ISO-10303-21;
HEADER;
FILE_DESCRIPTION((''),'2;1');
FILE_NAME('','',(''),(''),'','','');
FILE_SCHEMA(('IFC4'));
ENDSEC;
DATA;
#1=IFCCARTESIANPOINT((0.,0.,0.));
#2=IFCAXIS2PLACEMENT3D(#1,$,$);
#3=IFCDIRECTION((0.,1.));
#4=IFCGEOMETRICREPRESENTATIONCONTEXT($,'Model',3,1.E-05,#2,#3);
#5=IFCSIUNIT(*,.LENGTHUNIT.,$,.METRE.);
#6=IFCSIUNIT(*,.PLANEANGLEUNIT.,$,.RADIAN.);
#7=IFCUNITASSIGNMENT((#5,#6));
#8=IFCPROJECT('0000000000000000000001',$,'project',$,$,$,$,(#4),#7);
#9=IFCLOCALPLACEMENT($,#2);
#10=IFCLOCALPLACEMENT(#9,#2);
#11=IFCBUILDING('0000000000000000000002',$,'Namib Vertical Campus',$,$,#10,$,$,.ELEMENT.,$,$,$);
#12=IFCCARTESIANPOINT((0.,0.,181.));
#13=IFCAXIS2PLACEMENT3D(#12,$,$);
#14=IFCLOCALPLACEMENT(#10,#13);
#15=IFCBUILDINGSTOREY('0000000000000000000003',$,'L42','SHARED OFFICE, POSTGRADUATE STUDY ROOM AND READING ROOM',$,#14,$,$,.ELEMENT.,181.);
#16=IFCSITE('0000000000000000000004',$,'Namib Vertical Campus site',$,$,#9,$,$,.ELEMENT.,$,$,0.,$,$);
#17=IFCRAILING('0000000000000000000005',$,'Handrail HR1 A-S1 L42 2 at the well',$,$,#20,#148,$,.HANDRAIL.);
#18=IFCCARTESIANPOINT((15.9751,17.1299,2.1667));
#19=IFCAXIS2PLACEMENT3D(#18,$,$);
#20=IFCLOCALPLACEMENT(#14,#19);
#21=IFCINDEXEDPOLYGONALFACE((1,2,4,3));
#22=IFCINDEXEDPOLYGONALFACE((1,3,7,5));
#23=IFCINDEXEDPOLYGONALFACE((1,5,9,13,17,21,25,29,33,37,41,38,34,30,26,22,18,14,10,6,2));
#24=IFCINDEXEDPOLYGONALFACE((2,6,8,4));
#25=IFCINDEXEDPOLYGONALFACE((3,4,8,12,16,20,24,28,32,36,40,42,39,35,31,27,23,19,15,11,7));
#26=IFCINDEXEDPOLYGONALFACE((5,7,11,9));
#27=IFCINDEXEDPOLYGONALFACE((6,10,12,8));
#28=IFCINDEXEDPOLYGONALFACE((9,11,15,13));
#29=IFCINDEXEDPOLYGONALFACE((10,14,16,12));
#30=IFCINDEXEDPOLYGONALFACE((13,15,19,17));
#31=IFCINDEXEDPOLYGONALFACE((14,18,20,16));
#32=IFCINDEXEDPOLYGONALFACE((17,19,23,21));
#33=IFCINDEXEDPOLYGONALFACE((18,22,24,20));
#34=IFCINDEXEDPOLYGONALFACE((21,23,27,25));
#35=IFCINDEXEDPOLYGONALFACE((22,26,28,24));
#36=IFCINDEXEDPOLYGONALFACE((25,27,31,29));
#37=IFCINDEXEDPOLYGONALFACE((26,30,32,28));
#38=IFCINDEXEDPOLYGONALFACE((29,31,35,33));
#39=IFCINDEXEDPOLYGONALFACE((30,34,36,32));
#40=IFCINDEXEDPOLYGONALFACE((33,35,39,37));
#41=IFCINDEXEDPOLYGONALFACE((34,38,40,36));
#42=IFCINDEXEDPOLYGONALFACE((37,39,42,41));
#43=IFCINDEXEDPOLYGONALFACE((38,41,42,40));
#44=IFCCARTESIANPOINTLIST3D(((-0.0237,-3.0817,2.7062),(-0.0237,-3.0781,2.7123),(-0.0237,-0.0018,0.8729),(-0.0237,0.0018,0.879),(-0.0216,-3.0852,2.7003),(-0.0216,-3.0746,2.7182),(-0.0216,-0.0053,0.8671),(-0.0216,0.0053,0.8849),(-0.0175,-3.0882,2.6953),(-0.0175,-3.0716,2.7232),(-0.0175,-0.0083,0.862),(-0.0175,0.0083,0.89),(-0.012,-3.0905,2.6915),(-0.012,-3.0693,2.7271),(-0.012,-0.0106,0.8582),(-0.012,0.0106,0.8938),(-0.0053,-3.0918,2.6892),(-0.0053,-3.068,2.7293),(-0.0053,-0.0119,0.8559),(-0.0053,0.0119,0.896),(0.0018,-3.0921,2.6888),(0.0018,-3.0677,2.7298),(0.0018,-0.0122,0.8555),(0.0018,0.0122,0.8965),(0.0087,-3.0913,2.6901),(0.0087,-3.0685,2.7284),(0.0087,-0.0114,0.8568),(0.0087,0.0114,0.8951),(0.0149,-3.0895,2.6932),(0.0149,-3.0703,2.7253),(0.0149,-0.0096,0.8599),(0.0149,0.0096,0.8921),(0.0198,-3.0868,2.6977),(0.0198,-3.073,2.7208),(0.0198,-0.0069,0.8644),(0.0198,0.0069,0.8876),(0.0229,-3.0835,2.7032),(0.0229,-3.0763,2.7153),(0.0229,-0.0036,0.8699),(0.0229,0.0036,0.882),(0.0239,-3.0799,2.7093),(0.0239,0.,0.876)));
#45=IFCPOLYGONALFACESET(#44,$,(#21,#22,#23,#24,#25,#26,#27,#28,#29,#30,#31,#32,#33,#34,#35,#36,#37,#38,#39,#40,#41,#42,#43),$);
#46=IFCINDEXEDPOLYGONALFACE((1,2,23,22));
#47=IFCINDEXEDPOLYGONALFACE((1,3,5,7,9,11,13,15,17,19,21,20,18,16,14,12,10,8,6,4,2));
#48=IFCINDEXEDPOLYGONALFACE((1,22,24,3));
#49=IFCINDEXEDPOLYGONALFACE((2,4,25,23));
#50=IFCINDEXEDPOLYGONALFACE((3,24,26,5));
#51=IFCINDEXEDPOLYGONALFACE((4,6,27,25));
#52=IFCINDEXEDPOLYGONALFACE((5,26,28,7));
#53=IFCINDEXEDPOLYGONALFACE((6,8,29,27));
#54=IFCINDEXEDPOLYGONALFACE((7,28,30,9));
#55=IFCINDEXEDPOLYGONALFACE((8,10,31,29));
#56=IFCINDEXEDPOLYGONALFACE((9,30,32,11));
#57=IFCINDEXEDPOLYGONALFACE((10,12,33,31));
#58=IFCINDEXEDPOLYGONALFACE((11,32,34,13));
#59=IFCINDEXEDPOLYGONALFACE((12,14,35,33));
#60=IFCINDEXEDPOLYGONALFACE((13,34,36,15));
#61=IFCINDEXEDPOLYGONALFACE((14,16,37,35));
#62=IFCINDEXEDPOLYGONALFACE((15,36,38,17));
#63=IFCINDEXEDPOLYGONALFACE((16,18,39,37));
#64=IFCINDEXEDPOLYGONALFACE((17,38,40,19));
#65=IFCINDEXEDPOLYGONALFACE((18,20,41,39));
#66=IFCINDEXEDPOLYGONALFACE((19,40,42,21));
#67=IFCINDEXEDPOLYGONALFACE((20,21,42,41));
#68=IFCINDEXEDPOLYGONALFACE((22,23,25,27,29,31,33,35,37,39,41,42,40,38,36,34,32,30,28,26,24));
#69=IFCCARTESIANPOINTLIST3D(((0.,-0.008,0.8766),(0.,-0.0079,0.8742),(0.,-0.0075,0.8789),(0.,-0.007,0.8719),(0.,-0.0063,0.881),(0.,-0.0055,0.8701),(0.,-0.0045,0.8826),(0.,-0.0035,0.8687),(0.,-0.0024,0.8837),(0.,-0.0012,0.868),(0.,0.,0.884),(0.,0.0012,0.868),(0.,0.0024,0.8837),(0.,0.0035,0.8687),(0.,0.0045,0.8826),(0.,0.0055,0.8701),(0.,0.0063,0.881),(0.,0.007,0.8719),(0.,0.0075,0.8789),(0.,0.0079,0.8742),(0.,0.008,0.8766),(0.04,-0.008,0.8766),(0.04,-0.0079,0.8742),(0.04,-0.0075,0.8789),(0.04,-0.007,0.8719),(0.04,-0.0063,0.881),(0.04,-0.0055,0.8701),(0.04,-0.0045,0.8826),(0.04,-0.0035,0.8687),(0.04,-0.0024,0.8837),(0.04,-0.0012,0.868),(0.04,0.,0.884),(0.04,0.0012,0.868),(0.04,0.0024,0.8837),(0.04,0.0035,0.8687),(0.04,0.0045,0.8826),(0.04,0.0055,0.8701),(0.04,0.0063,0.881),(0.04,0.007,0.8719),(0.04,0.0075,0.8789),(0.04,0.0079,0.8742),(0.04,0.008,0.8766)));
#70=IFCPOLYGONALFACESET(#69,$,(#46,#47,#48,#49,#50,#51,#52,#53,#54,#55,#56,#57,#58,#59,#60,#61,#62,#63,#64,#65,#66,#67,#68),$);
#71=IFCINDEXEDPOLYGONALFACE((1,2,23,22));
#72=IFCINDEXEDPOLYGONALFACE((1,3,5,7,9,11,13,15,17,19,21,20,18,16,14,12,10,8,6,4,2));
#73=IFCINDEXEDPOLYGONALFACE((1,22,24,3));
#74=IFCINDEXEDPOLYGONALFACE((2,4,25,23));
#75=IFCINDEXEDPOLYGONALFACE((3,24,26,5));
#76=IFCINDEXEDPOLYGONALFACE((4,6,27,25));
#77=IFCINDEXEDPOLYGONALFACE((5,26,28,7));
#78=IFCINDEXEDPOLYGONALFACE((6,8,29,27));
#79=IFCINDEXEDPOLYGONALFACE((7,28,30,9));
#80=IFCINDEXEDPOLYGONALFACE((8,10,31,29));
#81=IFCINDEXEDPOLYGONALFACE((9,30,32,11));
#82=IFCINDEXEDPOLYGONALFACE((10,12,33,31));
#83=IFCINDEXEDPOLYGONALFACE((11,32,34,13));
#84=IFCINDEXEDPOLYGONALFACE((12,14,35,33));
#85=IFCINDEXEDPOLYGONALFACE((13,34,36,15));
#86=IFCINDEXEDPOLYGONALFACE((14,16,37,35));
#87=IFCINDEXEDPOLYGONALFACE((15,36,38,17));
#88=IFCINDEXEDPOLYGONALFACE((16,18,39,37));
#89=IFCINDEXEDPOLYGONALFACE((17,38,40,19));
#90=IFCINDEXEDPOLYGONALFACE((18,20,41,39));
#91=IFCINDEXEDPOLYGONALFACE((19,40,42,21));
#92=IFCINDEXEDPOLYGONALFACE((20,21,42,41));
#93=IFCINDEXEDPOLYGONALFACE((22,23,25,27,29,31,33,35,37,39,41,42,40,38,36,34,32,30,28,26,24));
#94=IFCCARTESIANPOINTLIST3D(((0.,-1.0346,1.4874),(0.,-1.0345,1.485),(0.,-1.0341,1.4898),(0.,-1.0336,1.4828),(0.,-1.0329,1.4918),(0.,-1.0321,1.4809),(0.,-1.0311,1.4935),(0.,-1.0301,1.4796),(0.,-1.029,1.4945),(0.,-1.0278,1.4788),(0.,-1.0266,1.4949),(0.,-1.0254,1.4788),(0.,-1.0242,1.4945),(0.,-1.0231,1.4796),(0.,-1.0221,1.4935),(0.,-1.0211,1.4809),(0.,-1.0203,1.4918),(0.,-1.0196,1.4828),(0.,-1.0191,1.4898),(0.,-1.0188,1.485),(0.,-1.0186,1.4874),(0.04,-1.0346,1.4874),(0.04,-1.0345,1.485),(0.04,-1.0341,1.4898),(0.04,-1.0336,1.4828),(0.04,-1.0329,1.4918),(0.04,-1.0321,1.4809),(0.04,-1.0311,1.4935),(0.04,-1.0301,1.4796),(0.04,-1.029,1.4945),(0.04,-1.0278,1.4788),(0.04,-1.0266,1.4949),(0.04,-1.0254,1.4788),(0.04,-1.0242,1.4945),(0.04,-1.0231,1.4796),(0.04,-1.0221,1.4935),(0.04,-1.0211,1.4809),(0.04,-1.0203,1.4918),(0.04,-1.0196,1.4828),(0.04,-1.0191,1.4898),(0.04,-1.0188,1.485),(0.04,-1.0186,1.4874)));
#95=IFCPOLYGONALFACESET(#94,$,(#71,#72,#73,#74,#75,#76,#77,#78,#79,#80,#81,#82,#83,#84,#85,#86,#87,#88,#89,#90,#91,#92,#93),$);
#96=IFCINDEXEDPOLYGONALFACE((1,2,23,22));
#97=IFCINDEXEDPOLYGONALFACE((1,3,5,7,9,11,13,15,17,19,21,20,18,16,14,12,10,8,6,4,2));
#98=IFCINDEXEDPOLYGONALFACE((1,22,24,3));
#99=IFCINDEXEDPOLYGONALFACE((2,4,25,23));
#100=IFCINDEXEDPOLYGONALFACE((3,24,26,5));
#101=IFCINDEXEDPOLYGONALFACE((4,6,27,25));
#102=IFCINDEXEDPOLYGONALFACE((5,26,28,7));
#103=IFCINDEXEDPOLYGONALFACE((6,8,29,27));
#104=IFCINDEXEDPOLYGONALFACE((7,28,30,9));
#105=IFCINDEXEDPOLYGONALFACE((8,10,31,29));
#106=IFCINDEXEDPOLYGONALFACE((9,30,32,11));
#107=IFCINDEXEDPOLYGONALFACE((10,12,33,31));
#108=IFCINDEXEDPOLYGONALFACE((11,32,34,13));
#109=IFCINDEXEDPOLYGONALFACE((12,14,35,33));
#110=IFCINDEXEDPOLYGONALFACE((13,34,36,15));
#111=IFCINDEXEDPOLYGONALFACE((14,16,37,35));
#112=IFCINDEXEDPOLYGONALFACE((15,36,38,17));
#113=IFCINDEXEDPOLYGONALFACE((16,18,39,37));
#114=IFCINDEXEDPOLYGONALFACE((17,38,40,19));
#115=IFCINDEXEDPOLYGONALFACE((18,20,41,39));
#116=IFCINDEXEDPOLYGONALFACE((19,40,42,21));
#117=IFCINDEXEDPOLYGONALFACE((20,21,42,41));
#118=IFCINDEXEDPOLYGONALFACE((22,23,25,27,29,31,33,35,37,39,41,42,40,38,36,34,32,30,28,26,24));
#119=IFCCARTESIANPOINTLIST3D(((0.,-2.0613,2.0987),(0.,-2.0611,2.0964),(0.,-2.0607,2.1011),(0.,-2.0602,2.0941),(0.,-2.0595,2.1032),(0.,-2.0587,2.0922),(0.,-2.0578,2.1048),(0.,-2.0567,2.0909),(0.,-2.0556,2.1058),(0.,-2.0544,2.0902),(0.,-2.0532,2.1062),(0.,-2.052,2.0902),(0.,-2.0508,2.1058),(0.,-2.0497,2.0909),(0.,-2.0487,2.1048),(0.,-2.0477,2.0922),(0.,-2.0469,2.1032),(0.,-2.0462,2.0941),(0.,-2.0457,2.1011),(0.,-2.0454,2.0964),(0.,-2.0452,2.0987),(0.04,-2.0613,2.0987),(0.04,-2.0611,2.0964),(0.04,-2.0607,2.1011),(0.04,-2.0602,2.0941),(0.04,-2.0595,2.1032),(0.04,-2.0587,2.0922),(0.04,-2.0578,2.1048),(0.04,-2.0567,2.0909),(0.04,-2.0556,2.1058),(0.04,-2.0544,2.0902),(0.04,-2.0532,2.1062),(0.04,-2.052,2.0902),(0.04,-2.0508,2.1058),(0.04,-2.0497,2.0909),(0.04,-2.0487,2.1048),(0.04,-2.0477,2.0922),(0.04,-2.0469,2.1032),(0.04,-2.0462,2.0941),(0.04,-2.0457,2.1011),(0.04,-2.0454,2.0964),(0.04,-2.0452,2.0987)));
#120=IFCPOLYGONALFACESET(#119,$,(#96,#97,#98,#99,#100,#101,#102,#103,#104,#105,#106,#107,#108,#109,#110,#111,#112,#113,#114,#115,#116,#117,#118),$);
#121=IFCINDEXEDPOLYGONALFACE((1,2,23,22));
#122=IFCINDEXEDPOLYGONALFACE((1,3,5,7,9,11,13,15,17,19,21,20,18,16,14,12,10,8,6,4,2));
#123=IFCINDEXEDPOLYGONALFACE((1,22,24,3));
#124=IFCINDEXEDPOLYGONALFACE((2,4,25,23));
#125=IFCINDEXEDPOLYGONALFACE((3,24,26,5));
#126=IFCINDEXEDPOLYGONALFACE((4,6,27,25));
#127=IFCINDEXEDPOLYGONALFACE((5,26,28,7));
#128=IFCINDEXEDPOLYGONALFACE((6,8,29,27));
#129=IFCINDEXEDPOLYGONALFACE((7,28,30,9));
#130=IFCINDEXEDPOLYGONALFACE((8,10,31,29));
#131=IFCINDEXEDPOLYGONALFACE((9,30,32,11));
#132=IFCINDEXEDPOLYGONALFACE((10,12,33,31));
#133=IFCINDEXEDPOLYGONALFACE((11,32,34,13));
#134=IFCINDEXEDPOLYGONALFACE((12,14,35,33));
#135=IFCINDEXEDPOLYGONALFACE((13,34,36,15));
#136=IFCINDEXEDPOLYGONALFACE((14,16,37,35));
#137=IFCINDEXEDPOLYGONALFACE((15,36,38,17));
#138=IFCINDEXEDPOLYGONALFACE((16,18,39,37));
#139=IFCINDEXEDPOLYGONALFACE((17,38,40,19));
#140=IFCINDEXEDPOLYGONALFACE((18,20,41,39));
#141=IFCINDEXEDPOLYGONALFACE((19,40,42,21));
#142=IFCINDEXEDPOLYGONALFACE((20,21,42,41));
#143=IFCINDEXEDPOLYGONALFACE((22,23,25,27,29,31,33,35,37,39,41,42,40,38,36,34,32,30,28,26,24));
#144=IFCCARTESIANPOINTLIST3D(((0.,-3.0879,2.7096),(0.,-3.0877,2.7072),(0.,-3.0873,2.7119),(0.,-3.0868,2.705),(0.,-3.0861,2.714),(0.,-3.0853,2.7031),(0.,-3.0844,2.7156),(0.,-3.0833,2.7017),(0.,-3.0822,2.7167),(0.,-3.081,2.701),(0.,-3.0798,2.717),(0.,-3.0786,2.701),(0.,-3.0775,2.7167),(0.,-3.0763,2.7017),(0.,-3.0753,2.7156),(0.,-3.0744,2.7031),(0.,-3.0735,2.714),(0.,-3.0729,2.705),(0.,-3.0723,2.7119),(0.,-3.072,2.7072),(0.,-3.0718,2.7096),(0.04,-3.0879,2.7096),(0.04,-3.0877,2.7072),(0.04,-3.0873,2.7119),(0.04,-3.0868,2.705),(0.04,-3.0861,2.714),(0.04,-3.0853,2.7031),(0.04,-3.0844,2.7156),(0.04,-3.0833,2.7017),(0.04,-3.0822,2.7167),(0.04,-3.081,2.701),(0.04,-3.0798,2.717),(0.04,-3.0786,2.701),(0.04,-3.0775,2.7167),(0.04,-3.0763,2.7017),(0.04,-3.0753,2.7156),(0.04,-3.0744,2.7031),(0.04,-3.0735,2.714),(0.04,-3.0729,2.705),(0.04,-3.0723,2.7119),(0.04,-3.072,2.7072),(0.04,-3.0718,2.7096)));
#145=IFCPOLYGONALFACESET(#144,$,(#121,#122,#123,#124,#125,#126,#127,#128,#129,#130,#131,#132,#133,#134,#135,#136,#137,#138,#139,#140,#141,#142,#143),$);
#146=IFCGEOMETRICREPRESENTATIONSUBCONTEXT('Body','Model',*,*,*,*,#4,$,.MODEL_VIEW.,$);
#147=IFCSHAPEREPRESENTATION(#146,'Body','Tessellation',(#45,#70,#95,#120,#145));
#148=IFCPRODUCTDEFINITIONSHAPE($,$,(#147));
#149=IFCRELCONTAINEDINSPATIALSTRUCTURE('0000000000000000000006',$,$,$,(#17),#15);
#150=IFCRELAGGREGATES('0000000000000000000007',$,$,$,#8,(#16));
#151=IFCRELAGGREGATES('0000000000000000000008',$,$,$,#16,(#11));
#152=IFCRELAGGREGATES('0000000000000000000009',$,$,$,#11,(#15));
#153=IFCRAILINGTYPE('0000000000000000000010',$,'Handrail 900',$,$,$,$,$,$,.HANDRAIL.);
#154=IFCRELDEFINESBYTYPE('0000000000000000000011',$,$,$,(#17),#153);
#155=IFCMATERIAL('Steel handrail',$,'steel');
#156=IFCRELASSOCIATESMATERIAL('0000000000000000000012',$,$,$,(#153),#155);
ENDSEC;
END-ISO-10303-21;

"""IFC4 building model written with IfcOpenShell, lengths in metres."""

from ifc_helpers import new_model, si_unit, direction, frame, origin, origin_2d, place, context, subcontext, project, spatial, circle, extrude, material, type_object, element, save


model = new_model("IFC4")

# Units and contexts
model_context = context("Model", 3, precision=1e-05, world=origin(), true_north=direction((0.0, 1.0)))
body_context = subcontext(model_context, "Body", "Model", "MODEL_VIEW")
ifc_project = project(units=[si_unit("LENGTHUNIT", "METRE"), si_unit("PLANEANGLEUNIT", "RADIAN")], contexts=[model_context])

# Site, building, storey
site_placement = place(None, origin())
site = spatial("IfcSite", under=ifc_project, at=site_placement, Name="Namib Vertical Campus site", CompositionType="ELEMENT", RefElevation=0.0)
building_placement = place(site_placement, origin())
building = spatial("IfcBuilding", under=site, at=building_placement, Name="Namib Vertical Campus", CompositionType="ELEMENT")
storey_placement = place(building_placement, frame((0.0, 0.0, 181.0)))
storey = spatial("IfcBuildingStorey", under=building, at=storey_placement, Name="L42", Description="SHARED OFFICE, POSTGRADUATE STUDY ROOM AND READING ROOM", CompositionType="ELEMENT", Elevation=181.0)

# Railing
ifc_material_1 = material(Name="Steel handrail", Category="steel")
railing_type = type_object("IfcRailingType", Name="Handrail 900", PredefinedType="HANDRAIL", material=ifc_material_1)
railing_1_placement = place(storey_placement, frame((15.9751, 17.1299, 2.1667)))
element("IfcRailing", 1, at=railing_1_placement, inside=storey, type_object=railing_type, Name="Handrail HR1 A-S1 L42 2 at the well", PredefinedType="HANDRAIL", context=body_context, shape_type="SweptSolid", body=[
    extrude(circle(Radius=0.0239, at=origin_2d()), frame((0.0, 0.0, 0.876), z_axis=(0.0, -0.859291, 0.511487), x_axis=(1.0, 0.0, 0.0)), (0.0, 0.0, 1.0), 3.5842),
    extrude(circle(Radius=0.0081, at=origin_2d()), frame((0.0, 0.0, 0.876), z_axis=(1.0, 0.0, 0.0), x_axis=(0.0, 0.0, 1.0)), (0.0, 0.0, 1.0), 0.04),
    extrude(circle(Radius=0.0081, at=origin_2d()), frame((0.0, -1.0266, 1.4868), z_axis=(1.0, 0.0, 0.0), x_axis=(0.0, 0.0, 1.0)), (0.0, 0.0, 1.0), 0.04),
    extrude(circle(Radius=0.0081, at=origin_2d()), frame((0.0, -2.0532, 2.0981), z_axis=(1.0, 0.0, 0.0), x_axis=(0.0, 0.0, 1.0)), (0.0, 0.0, 1.0), 0.04),
    extrude(circle(Radius=0.0081, at=origin_2d()), frame((0.0, -3.0798, 2.709), z_axis=(1.0, 0.0, 0.0), x_axis=(0.0, 0.0, 1.0)), (0.0, 0.0, 1.0), 0.04),
])

save(model, "model.ifc")
